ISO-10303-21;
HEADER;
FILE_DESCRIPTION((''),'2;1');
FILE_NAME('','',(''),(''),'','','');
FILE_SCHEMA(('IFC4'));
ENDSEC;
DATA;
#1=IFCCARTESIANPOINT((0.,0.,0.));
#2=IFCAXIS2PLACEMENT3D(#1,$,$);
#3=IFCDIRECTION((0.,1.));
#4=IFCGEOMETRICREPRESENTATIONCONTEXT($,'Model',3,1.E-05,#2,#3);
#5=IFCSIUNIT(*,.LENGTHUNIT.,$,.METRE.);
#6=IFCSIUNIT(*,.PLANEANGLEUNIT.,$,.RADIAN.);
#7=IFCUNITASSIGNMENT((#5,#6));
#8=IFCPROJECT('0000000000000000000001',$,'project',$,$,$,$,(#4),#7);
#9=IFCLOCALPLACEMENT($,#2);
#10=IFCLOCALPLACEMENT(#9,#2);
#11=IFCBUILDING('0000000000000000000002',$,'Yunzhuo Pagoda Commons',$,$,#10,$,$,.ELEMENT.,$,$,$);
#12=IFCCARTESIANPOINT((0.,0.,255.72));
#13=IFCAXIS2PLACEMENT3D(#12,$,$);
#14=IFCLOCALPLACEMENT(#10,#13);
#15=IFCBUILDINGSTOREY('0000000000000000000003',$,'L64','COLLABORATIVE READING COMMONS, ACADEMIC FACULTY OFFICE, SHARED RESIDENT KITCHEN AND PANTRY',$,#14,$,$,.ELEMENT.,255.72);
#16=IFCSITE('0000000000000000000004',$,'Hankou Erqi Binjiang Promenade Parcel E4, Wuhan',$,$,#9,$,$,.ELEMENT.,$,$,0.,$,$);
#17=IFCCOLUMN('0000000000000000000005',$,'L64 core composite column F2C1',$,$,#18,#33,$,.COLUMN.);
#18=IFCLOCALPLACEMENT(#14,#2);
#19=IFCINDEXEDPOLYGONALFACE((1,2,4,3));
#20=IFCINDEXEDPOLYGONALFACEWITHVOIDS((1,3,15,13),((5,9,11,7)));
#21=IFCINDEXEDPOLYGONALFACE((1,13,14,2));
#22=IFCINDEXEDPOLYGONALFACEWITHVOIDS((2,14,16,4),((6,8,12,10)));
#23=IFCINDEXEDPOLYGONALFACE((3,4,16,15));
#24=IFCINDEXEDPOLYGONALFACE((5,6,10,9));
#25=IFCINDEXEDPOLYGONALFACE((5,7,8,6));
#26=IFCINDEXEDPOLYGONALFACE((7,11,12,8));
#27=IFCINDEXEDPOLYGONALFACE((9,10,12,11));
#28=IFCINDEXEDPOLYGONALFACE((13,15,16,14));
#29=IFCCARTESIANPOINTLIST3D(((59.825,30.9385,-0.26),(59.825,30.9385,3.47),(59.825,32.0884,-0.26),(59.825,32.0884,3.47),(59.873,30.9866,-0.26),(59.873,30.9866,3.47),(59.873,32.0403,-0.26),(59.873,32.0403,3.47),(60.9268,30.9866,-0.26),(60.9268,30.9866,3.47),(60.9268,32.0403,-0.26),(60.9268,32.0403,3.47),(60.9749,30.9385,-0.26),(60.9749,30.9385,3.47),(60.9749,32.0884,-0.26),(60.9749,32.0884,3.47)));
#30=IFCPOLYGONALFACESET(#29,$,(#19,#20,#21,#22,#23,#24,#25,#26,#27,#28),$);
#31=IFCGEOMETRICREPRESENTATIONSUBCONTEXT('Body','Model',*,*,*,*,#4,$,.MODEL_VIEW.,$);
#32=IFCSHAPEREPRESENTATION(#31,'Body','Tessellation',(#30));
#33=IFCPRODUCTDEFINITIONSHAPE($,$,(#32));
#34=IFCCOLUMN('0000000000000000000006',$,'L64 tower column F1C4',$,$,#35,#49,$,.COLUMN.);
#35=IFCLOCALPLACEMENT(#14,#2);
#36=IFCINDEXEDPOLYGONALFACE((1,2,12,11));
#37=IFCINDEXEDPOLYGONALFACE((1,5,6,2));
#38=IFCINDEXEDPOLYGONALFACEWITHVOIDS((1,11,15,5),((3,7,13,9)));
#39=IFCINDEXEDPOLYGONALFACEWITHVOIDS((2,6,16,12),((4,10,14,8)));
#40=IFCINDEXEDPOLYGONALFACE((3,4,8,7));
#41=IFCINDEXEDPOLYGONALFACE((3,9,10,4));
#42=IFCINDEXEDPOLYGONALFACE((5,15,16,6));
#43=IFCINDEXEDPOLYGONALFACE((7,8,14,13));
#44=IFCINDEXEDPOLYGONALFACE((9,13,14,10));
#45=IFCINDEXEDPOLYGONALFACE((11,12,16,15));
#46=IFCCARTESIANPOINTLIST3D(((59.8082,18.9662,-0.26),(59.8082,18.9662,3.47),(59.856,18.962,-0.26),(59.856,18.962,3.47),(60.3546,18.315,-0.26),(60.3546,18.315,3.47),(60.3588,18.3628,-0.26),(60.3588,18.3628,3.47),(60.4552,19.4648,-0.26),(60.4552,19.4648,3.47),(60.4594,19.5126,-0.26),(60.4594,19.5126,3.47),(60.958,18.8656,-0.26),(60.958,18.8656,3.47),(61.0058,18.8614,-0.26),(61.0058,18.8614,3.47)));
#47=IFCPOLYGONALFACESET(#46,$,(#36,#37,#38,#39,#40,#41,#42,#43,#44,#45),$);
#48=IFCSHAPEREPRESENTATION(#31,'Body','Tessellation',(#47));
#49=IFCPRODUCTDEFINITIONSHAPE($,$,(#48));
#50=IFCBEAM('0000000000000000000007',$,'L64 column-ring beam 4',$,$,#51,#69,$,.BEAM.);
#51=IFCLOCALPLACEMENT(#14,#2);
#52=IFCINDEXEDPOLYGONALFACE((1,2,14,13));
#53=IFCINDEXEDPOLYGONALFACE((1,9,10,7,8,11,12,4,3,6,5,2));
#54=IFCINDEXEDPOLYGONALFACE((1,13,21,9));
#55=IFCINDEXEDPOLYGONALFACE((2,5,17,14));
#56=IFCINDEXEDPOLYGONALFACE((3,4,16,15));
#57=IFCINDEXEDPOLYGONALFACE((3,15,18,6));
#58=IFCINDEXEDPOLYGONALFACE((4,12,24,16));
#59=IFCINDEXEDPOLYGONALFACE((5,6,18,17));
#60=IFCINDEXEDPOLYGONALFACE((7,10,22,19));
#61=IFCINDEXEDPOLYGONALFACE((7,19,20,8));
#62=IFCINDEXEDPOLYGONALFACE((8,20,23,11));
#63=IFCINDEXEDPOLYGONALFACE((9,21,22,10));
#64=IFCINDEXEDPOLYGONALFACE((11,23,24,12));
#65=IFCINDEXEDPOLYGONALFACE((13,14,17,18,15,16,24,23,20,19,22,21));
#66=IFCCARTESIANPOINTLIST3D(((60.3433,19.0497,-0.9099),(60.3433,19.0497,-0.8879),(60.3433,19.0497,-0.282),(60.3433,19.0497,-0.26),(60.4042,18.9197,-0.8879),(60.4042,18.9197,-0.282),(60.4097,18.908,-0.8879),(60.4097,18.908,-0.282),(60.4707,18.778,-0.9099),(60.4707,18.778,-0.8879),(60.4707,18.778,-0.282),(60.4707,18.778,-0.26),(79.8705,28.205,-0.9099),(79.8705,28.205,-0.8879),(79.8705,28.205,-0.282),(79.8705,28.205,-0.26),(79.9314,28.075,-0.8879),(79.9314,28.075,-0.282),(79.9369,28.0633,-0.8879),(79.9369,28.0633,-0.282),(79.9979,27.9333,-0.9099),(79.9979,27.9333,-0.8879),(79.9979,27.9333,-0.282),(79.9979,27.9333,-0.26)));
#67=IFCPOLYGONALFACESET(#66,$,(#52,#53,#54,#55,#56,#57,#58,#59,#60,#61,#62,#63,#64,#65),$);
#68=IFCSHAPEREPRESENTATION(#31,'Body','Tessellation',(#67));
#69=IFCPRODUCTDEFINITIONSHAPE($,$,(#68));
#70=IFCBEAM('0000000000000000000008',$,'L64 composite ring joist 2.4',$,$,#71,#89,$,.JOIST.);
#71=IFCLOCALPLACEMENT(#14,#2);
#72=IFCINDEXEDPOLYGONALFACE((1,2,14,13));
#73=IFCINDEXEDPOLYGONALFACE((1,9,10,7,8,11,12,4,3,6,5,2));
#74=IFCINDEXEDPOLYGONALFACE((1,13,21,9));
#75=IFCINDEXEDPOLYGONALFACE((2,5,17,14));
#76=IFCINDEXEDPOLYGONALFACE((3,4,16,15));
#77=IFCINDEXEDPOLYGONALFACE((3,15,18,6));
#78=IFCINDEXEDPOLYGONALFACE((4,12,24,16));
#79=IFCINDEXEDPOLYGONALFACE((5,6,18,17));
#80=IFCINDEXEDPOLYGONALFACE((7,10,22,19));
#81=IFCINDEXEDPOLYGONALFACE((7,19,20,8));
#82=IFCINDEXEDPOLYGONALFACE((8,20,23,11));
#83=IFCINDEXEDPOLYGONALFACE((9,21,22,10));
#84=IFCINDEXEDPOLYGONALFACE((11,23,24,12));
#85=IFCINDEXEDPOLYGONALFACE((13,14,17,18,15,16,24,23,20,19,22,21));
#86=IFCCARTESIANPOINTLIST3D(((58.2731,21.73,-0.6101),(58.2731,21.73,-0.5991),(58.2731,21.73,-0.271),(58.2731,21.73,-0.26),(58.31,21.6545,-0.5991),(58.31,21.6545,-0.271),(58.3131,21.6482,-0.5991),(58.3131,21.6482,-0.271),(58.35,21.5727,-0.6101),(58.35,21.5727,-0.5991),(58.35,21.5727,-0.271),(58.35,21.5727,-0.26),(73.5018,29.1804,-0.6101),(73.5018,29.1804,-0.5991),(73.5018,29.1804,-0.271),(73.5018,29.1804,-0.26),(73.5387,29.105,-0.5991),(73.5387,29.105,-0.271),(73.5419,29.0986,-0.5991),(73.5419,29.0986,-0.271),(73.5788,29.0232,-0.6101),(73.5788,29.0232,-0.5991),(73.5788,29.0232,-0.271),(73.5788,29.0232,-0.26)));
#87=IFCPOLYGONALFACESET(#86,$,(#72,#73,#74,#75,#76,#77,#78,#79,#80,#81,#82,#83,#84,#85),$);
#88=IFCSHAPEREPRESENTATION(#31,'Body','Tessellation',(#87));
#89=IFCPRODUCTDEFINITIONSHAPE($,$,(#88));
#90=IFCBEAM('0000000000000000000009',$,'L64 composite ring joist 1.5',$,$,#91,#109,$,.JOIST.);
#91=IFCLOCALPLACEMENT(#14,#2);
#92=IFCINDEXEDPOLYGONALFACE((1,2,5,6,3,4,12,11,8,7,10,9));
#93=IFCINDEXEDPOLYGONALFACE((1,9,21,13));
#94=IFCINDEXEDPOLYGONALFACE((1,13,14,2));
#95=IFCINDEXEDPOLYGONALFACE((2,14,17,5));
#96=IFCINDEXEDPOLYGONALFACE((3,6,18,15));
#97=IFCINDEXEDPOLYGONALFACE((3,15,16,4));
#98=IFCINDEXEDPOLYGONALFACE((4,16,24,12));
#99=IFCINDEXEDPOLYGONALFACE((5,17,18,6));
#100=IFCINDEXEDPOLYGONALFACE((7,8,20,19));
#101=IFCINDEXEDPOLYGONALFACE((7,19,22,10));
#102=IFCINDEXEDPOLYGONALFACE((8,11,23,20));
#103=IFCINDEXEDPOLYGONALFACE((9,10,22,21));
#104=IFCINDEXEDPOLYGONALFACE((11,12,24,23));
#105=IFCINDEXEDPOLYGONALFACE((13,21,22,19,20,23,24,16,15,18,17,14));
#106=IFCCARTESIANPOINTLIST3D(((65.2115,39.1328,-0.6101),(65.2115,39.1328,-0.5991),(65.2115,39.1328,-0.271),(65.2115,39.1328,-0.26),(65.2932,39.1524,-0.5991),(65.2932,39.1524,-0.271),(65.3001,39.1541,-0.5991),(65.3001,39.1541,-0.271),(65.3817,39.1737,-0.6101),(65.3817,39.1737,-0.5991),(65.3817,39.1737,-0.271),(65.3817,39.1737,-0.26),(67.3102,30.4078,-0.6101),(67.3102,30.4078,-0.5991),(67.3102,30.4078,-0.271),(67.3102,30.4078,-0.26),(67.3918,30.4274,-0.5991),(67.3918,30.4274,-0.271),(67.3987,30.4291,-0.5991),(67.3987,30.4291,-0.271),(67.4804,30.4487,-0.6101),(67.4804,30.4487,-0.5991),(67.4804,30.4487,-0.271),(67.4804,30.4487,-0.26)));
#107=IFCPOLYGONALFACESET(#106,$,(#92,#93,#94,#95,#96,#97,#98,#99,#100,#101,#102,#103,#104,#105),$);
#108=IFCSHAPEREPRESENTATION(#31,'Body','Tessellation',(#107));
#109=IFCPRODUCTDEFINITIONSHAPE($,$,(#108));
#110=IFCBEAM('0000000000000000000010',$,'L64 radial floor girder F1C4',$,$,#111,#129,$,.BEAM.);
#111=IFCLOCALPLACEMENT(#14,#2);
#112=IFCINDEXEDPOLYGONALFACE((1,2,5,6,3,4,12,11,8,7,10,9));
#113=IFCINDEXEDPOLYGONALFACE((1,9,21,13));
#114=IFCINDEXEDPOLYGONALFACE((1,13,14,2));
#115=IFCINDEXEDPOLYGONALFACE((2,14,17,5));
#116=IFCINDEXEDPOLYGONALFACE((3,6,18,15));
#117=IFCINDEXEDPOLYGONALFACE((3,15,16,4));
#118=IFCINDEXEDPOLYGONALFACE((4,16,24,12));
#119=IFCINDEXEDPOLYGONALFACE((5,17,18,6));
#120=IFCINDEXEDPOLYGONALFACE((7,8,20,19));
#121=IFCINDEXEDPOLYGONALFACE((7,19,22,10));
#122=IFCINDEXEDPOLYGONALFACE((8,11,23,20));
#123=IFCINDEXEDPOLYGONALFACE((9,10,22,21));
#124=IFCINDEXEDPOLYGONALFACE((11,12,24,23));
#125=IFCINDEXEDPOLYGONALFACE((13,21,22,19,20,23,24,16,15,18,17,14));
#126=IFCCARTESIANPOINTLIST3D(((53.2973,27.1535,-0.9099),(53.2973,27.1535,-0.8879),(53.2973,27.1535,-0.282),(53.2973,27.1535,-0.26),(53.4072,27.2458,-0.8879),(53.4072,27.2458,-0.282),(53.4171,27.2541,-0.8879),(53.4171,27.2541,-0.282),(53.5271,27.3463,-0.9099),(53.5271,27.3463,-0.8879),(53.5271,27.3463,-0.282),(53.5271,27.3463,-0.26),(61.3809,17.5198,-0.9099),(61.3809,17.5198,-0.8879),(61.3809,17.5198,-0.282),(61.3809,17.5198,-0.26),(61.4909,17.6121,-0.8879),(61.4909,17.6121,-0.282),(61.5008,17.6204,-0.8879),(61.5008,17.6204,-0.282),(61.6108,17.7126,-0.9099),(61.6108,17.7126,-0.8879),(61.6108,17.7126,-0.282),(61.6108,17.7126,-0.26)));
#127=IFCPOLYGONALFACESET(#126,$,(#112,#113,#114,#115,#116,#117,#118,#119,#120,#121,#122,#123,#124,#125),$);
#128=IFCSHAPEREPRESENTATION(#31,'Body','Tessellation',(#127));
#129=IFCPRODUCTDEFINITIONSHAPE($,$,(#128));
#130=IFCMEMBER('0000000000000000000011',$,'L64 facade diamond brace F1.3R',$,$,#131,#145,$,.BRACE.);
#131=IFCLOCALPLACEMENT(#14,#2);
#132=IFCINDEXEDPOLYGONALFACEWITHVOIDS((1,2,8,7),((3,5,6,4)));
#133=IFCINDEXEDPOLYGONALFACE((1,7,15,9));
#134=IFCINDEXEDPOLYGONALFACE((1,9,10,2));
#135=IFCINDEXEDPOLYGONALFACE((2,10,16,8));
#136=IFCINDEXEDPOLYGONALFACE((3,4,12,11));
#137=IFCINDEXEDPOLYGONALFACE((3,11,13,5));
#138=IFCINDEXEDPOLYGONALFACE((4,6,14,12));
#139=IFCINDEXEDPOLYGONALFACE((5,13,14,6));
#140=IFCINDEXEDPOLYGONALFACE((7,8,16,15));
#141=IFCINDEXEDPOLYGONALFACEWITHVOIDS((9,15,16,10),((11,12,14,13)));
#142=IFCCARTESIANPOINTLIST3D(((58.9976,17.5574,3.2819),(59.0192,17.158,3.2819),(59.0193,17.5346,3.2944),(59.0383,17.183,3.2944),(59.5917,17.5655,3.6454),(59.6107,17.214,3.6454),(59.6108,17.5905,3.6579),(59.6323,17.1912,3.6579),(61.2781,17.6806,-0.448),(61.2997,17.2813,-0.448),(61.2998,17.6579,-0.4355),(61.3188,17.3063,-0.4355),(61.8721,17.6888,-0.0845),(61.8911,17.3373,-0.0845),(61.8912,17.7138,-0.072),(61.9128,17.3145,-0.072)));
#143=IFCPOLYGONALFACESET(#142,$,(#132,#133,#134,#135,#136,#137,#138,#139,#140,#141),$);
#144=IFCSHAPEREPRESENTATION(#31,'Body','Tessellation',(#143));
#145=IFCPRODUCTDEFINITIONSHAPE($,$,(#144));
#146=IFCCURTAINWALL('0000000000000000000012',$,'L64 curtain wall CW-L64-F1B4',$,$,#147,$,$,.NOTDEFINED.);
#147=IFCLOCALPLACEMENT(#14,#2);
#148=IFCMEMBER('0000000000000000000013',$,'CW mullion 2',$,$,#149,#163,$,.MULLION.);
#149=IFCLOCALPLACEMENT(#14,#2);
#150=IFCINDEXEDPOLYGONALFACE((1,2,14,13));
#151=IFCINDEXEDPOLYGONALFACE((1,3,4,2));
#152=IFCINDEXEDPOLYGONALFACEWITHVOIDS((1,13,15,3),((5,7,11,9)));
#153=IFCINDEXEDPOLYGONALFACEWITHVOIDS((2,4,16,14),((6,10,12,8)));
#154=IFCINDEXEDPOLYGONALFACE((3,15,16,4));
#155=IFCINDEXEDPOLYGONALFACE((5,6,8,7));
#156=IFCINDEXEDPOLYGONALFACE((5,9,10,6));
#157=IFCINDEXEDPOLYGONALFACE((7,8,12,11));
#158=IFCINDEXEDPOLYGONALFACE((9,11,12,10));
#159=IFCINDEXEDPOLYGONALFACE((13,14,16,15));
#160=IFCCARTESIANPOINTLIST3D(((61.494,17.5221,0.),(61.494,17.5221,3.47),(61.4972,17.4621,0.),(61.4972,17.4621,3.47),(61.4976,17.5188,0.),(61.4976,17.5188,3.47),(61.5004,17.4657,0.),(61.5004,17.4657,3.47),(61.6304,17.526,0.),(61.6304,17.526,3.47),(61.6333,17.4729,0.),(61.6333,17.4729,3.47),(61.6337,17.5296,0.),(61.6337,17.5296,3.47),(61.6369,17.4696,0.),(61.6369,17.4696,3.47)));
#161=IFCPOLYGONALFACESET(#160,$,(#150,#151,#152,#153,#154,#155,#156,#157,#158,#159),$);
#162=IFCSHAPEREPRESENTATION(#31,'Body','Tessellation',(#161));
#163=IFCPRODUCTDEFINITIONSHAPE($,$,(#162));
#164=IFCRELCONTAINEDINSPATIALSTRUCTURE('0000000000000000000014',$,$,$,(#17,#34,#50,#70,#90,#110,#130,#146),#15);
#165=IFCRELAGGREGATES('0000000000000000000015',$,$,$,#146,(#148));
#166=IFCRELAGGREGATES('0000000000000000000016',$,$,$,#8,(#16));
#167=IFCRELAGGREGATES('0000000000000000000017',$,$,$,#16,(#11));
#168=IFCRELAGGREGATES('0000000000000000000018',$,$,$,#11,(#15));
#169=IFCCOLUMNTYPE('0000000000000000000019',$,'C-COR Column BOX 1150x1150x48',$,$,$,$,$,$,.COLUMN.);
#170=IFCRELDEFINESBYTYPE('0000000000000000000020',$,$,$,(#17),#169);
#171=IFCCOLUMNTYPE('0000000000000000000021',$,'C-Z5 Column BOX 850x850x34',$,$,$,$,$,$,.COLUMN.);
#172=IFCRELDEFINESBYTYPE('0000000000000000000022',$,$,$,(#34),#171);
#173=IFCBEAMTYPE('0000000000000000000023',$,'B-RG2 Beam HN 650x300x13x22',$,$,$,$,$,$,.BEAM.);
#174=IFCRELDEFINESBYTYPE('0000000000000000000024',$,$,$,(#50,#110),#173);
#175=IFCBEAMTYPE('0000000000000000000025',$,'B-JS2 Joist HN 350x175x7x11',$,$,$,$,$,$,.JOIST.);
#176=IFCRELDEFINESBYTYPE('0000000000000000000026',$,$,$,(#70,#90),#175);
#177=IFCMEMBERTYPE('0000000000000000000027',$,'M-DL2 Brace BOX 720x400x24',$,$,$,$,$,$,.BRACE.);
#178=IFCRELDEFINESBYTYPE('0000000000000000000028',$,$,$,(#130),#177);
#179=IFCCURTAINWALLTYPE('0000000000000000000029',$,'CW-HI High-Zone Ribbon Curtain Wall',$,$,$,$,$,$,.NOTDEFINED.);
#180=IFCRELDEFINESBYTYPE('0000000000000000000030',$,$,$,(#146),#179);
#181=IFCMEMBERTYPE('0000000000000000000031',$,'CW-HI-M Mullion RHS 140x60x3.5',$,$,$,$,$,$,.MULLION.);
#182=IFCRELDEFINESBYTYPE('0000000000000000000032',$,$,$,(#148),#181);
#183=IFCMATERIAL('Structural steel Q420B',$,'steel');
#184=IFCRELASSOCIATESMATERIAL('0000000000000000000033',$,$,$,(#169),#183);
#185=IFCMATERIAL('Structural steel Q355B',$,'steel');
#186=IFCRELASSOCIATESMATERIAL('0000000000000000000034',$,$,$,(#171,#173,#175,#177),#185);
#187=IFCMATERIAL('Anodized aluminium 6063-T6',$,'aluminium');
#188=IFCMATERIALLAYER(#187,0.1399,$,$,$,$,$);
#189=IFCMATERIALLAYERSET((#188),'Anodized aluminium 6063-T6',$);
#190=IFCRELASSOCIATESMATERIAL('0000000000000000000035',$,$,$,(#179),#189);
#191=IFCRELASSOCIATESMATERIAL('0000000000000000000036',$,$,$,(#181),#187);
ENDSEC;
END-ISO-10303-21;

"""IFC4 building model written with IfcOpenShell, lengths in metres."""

from ifc_helpers import new_model, si_unit, direction, frame, origin, origin_2d, place, context, subcontext, project, spatial, hollow_rectangle, i_section, extrude, source, transform, mapped, material, layer, layer_set, material_profile, profile_set, type_object, element, aggregate, save


model = new_model("IFC4")

# Units and contexts
model_context = context("Model", 3, precision=1e-05, world=origin(), true_north=direction((0.0, 1.0)))
body_context = subcontext(model_context, "Body", "Model", "MODEL_VIEW")
ifc_project = project(units=[si_unit("LENGTHUNIT", "METRE"), si_unit("PLANEANGLEUNIT", "RADIAN")], contexts=[model_context])

# Site, building, storey
site_placement = place(None, origin())
site = spatial("IfcSite", under=ifc_project, at=site_placement, Name="Hankou Erqi Binjiang Promenade Parcel E4, Wuhan", CompositionType="ELEMENT", RefElevation=0.0)
building_placement = place(site_placement, origin())
building = spatial("IfcBuilding", under=site, at=building_placement, Name="Yunzhuo Pagoda Commons", CompositionType="ELEMENT")
storey_placement = place(building_placement, frame((0.0, 0.0, 255.72)))
storey = spatial("IfcBuildingStorey", under=building, at=storey_placement, Name="L64", Description="COLLABORATIVE READING COMMONS, ACADEMIC FACULTY OFFICE, SHARED RESIDENT KITCHEN AND PANTRY", CompositionType="ELEMENT", Elevation=255.72)

# Columns
ifc_material_1 = material(Name="Structural steel Q420B", Category="steel")
ifc_material_profile_1 = material_profile(ifc_material_1, hollow_rectangle(XDim=1.1499, YDim=1.1499, WallThickness=0.0481, at=origin_2d()), Name="Structural steel Q420B")
ifc_profile_set_1 = profile_set([ifc_material_profile_1], Name="Structural steel Q420B")
column_type_1 = type_object("IfcColumnType", Name="C-COR Column BOX 1150x1150x48", PredefinedType="COLUMN", material=ifc_profile_set_1)
shared_shape_1 = source(origin(), body_context, "Body", "SweptSolid", [
    extrude(hollow_rectangle(XDim=1.1499, YDim=1.1499, WallThickness=0.0481, at=origin_2d()), origin(), (0.0, 0.0, 1.0), 3.73),
])
column_1_placement = place(storey_placement, frame((60.3999, 31.5134, -0.26), z_axis=(0.0, 0.0, 1.0), x_axis=(1.0, 0.0, 0.0)))
element("IfcColumn", 1, at=column_1_placement, inside=storey, type_object=column_type_1, Name="L64 core composite column F2C1", PredefinedType="COLUMN", context=body_context, shape_type="MappedRepresentation", body=[
    mapped(shared_shape_1, transform((0.0, 0.0, 0.0), scale=1.0)),
])
ifc_material_2 = material(Name="Structural steel Q355B", Category="steel")
ifc_material_profile_2 = material_profile(ifc_material_2, hollow_rectangle(XDim=0.8501, YDim=0.8501, WallThickness=0.0339, at=origin_2d()), Name="Structural steel Q355B")
ifc_profile_set_2 = profile_set([ifc_material_profile_2], Name="Structural steel Q355B")
column_type_2 = type_object("IfcColumnType", Name="C-Z5 Column BOX 850x850x34", PredefinedType="COLUMN", material=ifc_profile_set_2)
shared_shape_2 = source(origin(), body_context, "Body", "SweptSolid", [
    extrude(hollow_rectangle(XDim=0.8501, YDim=0.8501, WallThickness=0.0339, at=origin_2d()), origin(), (0.0, 0.0, 1.0), 3.73),
])
column_2_placement = place(storey_placement, frame((60.407, 18.9138, -0.26), z_axis=(0.0, 0.0, 1.0), x_axis=(0.766044, 0.642788, 0.0)))
element("IfcColumn", 2, at=column_2_placement, inside=storey, type_object=column_type_2, Name="L64 tower column F1C4", PredefinedType="COLUMN", context=body_context, shape_type="MappedRepresentation", body=[
    mapped(shared_shape_2, transform((0.0, 0.0, 0.0), scale=1.0)),
])

# Beams
ifc_material_profile_3 = material_profile(ifc_material_2, i_section(OverallWidth=0.3, OverallDepth=0.6499, WebThickness=0.0129, FlangeThickness=0.022, at=origin_2d()), Name="Structural steel Q355B")
ifc_profile_set_3 = profile_set([ifc_material_profile_3], Name="Structural steel Q355B")
beam_type_1 = type_object("IfcBeamType", Name="B-RG2 Beam HN 650x300x13x22", PredefinedType="BEAM", material=ifc_profile_set_3)
shared_shape_3 = source(origin(), body_context, "Body", "SweptSolid", [
    extrude(i_section(OverallWidth=0.3, OverallDepth=0.6499, WebThickness=0.0129, FlangeThickness=0.022, at=origin_2d()), origin(), (0.0, 0.0, 1.0), 21.5669),
])
beam_1_placement = place(storey_placement, frame((60.407, 18.9138, -0.585), z_axis=(0.905424, 0.424508, 0.0), x_axis=(-0.424508, 0.905424, 0.0)))
element("IfcBeam", 3, at=beam_1_placement, inside=storey, type_object=beam_type_1, Name="L64 column-ring beam 4", PredefinedType="BEAM", context=body_context, shape_type="MappedRepresentation", body=[
    mapped(shared_shape_3, transform((0.0, 0.0, 0.0), scale=1.0)),
])
ifc_material_profile_4 = material_profile(ifc_material_2, i_section(OverallWidth=0.175, OverallDepth=0.3501, WebThickness=0.0071, FlangeThickness=0.011, at=origin_2d()), Name="Structural steel Q355B")
ifc_profile_set_4 = profile_set([ifc_material_profile_4], Name="Structural steel Q355B")
beam_type_2 = type_object("IfcBeamType", Name="B-JS2 Joist HN 350x175x7x11", PredefinedType="JOIST", material=ifc_profile_set_4)
shared_shape_4 = source(origin(), body_context, "Body", "SweptSolid", [
    extrude(i_section(OverallWidth=0.175, OverallDepth=0.3501, WebThickness=0.0071, FlangeThickness=0.011, at=origin_2d()), origin(), (0.0, 0.0, 1.0), 16.9536),
])
beam_2_placement = place(storey_placement, frame((58.3115, 21.6514, -0.4351), z_axis=(0.898262, 0.439461, 0.0), x_axis=(-0.439461, 0.898262, 0.0)))
element("IfcBeam", 4, at=beam_2_placement, inside=storey, type_object=beam_type_2, Name="L64 composite ring joist 2.4", PredefinedType="JOIST", context=body_context, shape_type="MappedRepresentation", body=[
    mapped(shared_shape_4, transform((0.0, 0.0, 0.0), scale=1.0)),
])
shared_shape_5 = source(origin(), body_context, "Body", "SweptSolid", [
    extrude(i_section(OverallWidth=0.175, OverallDepth=0.3501, WebThickness=0.0071, FlangeThickness=0.011, at=origin_2d()), origin(), (0.0, 0.0, 1.0), 8.9739),
])
beam_3_placement = place(storey_placement, frame((67.3953, 30.4282, -0.4351), z_axis=(-0.233859, 0.972271, 0.0), x_axis=(-0.972271, -0.233859, 0.0)))
element("IfcBeam", 5, at=beam_3_placement, inside=storey, type_object=beam_type_2, Name="L64 composite ring joist 1.5", PredefinedType="JOIST", context=body_context, shape_type="MappedRepresentation", body=[
    mapped(shared_shape_5, transform((0.0, 0.0, 0.0), scale=1.0)),
])
shared_shape_6 = source(origin(), body_context, "Body", "SweptSolid", [
    extrude(i_section(OverallWidth=0.3, OverallDepth=0.6499, WebThickness=0.0129, FlangeThickness=0.022, at=origin_2d()), origin(), (0.0, 0.0, 1.0), 12.5759),
])
beam_4_placement = place(storey_placement, frame((61.4958, 17.6162, -0.585), z_axis=(-0.642789, 0.766043, 0.0), x_axis=(-0.766043, -0.642789, 0.0)))
element("IfcBeam", 6, at=beam_4_placement, inside=storey, type_object=beam_type_1, Name="L64 radial floor girder F1C4", PredefinedType="BEAM", context=body_context, shape_type="MappedRepresentation", body=[
    mapped(shared_shape_6, transform((0.0, 0.0, 0.0), scale=1.0)),
])

# Member
ifc_material_profile_5 = material_profile(ifc_material_2, hollow_rectangle(XDim=0.3999, YDim=0.72, WallThickness=0.0239, at=origin_2d()), Name="Structural steel Q355B")
ifc_profile_set_5 = profile_set([ifc_material_profile_5], Name="Structural steel Q355B")
member_type_1 = type_object("IfcMemberType", Name="M-DL2 Brace BOX 720x400x24", PredefinedType="BRACE", material=ifc_profile_set_5)
shared_shape_7 = source(origin(), body_context, "Body", "SweptSolid", [
    extrude(hollow_rectangle(XDim=0.3999, YDim=0.72, WallThickness=0.0239, at=origin_2d()), origin(), (0.0, 0.0, 1.0), 4.3735),
])
member_1_placement = place(storey_placement, frame((61.5955, 17.4976, -0.26), z_axis=(-0.521423, -0.02819, 0.852832), x_axis=(0.053984, -0.998542, 0.0)))
element("IfcMember", 7, at=member_1_placement, inside=storey, type_object=member_type_1, Name="L64 facade diamond brace F1.3R", PredefinedType="BRACE", context=body_context, shape_type="MappedRepresentation", body=[
    mapped(shared_shape_7, transform((0.0, 0.0, 0.0), scale=1.0)),
])

# Curtain wall, member
ifc_material_3 = material(Name="Anodized aluminium 6063-T6", Category="aluminium")
ifc_layer_1 = layer(ifc_material_3, 0.1399)
ifc_layer_set_1 = layer_set([ifc_layer_1], Name="Anodized aluminium 6063-T6")
curtain_wall_type = type_object("IfcCurtainWallType", Name="CW-HI High-Zone Ribbon Curtain Wall", PredefinedType="NOTDEFINED", material=ifc_layer_set_1)
curtain_wall_1_placement = place(storey_placement, origin())
curtain_wall_1 = element("IfcCurtainWall", 8, at=curtain_wall_1_placement, inside=storey, type_object=curtain_wall_type, Name="L64 curtain wall CW-L64-F1B4", PredefinedType="NOTDEFINED")
ifc_material_profile_6 = material_profile(ifc_material_3, hollow_rectangle(XDim=0.0601, YDim=0.1399, WallThickness=0.0034, at=origin_2d()), Name="Anodized aluminium 6063-T6")
ifc_profile_set_6 = profile_set([ifc_material_profile_6], Name="Anodized aluminium 6063-T6")
member_type_2 = type_object("IfcMemberType", Name="CW-HI-M Mullion RHS 140x60x3.5", PredefinedType="MULLION", material=ifc_profile_set_6)
shared_shape_8 = source(origin(), body_context, "Body", "SweptSolid", [
    extrude(hollow_rectangle(XDim=0.0601, YDim=0.1399, WallThickness=0.0034, at=origin_2d()), origin(), (0.0, 0.0, 1.0), 3.47),
])
member_2_placement = place(storey_placement, frame((61.5654, 17.4958, 0.0), z_axis=(0.0, 0.0, 1.0), x_axis=(-0.053989, 0.998542, 0.0)))
member_2 = element("IfcMember", 9, at=member_2_placement, type_object=member_type_2, Name="CW mullion 2", PredefinedType="MULLION", context=body_context, shape_type="MappedRepresentation", body=[
    mapped(shared_shape_8, transform((0.0, 0.0, 0.0), scale=1.0)),
])

aggregate(curtain_wall_1, [member_2])

save(model, "model.ifc")
